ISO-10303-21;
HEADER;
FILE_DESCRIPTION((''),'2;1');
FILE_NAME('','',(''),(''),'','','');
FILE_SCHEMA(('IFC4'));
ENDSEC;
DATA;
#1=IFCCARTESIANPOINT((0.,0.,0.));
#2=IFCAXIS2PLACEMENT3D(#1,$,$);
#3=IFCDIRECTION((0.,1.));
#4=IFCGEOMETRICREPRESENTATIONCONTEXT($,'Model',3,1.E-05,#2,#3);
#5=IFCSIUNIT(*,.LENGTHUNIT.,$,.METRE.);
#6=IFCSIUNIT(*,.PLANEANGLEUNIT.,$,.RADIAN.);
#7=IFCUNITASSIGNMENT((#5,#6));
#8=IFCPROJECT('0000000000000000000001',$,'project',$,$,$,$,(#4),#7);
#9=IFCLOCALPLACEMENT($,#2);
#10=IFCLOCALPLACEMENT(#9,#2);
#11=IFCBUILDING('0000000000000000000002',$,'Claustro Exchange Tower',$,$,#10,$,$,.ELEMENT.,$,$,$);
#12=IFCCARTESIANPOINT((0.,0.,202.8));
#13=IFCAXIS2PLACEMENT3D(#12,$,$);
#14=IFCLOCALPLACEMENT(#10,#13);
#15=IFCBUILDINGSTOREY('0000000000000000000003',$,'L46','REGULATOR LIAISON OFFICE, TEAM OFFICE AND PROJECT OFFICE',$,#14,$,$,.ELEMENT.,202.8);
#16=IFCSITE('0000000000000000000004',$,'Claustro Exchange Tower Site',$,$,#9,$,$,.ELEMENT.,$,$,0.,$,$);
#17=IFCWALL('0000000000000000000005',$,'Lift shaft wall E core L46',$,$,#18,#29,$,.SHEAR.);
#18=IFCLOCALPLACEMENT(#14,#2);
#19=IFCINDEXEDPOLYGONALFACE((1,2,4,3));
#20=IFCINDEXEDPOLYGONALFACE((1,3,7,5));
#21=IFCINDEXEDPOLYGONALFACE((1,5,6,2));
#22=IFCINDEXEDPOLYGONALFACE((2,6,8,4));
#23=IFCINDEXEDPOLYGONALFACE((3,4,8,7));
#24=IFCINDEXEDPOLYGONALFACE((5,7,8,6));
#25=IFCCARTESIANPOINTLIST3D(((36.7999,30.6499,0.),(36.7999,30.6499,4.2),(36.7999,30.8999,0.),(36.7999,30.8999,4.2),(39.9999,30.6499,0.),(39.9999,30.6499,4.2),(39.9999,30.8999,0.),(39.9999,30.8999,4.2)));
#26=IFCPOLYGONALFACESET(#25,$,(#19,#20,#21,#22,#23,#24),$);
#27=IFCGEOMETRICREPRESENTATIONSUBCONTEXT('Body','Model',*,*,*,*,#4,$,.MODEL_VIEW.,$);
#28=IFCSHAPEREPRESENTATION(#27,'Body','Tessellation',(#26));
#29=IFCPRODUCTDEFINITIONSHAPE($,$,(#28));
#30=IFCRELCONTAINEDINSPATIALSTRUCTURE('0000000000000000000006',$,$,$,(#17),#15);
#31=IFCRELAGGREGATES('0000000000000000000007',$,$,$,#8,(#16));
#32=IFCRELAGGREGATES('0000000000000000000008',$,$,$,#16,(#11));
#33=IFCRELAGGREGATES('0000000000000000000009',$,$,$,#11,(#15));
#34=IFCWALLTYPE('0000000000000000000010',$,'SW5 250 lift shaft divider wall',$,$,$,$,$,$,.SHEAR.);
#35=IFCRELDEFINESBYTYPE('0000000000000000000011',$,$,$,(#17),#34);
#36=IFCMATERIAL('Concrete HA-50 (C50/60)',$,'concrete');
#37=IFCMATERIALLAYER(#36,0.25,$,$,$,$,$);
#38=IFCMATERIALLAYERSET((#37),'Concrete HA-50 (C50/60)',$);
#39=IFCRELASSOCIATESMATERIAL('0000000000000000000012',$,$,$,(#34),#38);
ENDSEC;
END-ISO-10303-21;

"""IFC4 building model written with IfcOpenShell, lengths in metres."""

from ifc_helpers import new_model, si_unit, direction, frame, frame_2d, origin, place, context, subcontext, project, spatial, rectangle, extrude, material, layer, layer_set, type_object, element, save


model = new_model("IFC4")

# Units and contexts
model_context = context("Model", 3, precision=1e-05, world=origin(), true_north=direction((0.0, 1.0)))
body_context = subcontext(model_context, "Body", "Model", "MODEL_VIEW")
ifc_project = project(units=[si_unit("LENGTHUNIT", "METRE"), si_unit("PLANEANGLEUNIT", "RADIAN")], contexts=[model_context])

# Site, building, storey
site_placement = place(None, origin())
site = spatial("IfcSite", under=ifc_project, at=site_placement, Name="Claustro Exchange Tower Site", CompositionType="ELEMENT", RefElevation=0.0)
building_placement = place(site_placement, origin())
building = spatial("IfcBuilding", under=site, at=building_placement, Name="Claustro Exchange Tower", CompositionType="ELEMENT")
storey_placement = place(building_placement, frame((0.0, 0.0, 202.8)))
storey = spatial("IfcBuildingStorey", under=building, at=storey_placement, Name="L46", Description="REGULATOR LIAISON OFFICE, TEAM OFFICE AND PROJECT OFFICE", CompositionType="ELEMENT", Elevation=202.8)

# Wall
ifc_material_1 = material(Name="Concrete HA-50 (C50/60)", Category="concrete")
ifc_layer_1 = layer(ifc_material_1, 0.25)
ifc_layer_set_1 = layer_set([ifc_layer_1], Name="Concrete HA-50 (C50/60)")
wall_type_1 = type_object("IfcWallType", Name="SW5 250 lift shaft divider wall", PredefinedType="SHEAR", material=ifc_layer_set_1)
wall_1_placement = place(storey_placement, frame((40.0, 30.7749, 0.0), z_axis=(0.0, 0.0, 1.0), x_axis=(-1.0, 0.0, 0.0)))
element("IfcWall", 1, at=wall_1_placement, inside=storey, type_object=wall_type_1, Name="Lift shaft wall E core L46", PredefinedType="SHEAR", context=body_context, shape_type="SweptSolid", body=[
    extrude(rectangle(XDim=3.2, YDim=0.25, at=frame_2d((1.6001, 0.0))), origin(), (0.0, 0.0, 1.0), 4.2),
])

save(model, "model.ifc")
